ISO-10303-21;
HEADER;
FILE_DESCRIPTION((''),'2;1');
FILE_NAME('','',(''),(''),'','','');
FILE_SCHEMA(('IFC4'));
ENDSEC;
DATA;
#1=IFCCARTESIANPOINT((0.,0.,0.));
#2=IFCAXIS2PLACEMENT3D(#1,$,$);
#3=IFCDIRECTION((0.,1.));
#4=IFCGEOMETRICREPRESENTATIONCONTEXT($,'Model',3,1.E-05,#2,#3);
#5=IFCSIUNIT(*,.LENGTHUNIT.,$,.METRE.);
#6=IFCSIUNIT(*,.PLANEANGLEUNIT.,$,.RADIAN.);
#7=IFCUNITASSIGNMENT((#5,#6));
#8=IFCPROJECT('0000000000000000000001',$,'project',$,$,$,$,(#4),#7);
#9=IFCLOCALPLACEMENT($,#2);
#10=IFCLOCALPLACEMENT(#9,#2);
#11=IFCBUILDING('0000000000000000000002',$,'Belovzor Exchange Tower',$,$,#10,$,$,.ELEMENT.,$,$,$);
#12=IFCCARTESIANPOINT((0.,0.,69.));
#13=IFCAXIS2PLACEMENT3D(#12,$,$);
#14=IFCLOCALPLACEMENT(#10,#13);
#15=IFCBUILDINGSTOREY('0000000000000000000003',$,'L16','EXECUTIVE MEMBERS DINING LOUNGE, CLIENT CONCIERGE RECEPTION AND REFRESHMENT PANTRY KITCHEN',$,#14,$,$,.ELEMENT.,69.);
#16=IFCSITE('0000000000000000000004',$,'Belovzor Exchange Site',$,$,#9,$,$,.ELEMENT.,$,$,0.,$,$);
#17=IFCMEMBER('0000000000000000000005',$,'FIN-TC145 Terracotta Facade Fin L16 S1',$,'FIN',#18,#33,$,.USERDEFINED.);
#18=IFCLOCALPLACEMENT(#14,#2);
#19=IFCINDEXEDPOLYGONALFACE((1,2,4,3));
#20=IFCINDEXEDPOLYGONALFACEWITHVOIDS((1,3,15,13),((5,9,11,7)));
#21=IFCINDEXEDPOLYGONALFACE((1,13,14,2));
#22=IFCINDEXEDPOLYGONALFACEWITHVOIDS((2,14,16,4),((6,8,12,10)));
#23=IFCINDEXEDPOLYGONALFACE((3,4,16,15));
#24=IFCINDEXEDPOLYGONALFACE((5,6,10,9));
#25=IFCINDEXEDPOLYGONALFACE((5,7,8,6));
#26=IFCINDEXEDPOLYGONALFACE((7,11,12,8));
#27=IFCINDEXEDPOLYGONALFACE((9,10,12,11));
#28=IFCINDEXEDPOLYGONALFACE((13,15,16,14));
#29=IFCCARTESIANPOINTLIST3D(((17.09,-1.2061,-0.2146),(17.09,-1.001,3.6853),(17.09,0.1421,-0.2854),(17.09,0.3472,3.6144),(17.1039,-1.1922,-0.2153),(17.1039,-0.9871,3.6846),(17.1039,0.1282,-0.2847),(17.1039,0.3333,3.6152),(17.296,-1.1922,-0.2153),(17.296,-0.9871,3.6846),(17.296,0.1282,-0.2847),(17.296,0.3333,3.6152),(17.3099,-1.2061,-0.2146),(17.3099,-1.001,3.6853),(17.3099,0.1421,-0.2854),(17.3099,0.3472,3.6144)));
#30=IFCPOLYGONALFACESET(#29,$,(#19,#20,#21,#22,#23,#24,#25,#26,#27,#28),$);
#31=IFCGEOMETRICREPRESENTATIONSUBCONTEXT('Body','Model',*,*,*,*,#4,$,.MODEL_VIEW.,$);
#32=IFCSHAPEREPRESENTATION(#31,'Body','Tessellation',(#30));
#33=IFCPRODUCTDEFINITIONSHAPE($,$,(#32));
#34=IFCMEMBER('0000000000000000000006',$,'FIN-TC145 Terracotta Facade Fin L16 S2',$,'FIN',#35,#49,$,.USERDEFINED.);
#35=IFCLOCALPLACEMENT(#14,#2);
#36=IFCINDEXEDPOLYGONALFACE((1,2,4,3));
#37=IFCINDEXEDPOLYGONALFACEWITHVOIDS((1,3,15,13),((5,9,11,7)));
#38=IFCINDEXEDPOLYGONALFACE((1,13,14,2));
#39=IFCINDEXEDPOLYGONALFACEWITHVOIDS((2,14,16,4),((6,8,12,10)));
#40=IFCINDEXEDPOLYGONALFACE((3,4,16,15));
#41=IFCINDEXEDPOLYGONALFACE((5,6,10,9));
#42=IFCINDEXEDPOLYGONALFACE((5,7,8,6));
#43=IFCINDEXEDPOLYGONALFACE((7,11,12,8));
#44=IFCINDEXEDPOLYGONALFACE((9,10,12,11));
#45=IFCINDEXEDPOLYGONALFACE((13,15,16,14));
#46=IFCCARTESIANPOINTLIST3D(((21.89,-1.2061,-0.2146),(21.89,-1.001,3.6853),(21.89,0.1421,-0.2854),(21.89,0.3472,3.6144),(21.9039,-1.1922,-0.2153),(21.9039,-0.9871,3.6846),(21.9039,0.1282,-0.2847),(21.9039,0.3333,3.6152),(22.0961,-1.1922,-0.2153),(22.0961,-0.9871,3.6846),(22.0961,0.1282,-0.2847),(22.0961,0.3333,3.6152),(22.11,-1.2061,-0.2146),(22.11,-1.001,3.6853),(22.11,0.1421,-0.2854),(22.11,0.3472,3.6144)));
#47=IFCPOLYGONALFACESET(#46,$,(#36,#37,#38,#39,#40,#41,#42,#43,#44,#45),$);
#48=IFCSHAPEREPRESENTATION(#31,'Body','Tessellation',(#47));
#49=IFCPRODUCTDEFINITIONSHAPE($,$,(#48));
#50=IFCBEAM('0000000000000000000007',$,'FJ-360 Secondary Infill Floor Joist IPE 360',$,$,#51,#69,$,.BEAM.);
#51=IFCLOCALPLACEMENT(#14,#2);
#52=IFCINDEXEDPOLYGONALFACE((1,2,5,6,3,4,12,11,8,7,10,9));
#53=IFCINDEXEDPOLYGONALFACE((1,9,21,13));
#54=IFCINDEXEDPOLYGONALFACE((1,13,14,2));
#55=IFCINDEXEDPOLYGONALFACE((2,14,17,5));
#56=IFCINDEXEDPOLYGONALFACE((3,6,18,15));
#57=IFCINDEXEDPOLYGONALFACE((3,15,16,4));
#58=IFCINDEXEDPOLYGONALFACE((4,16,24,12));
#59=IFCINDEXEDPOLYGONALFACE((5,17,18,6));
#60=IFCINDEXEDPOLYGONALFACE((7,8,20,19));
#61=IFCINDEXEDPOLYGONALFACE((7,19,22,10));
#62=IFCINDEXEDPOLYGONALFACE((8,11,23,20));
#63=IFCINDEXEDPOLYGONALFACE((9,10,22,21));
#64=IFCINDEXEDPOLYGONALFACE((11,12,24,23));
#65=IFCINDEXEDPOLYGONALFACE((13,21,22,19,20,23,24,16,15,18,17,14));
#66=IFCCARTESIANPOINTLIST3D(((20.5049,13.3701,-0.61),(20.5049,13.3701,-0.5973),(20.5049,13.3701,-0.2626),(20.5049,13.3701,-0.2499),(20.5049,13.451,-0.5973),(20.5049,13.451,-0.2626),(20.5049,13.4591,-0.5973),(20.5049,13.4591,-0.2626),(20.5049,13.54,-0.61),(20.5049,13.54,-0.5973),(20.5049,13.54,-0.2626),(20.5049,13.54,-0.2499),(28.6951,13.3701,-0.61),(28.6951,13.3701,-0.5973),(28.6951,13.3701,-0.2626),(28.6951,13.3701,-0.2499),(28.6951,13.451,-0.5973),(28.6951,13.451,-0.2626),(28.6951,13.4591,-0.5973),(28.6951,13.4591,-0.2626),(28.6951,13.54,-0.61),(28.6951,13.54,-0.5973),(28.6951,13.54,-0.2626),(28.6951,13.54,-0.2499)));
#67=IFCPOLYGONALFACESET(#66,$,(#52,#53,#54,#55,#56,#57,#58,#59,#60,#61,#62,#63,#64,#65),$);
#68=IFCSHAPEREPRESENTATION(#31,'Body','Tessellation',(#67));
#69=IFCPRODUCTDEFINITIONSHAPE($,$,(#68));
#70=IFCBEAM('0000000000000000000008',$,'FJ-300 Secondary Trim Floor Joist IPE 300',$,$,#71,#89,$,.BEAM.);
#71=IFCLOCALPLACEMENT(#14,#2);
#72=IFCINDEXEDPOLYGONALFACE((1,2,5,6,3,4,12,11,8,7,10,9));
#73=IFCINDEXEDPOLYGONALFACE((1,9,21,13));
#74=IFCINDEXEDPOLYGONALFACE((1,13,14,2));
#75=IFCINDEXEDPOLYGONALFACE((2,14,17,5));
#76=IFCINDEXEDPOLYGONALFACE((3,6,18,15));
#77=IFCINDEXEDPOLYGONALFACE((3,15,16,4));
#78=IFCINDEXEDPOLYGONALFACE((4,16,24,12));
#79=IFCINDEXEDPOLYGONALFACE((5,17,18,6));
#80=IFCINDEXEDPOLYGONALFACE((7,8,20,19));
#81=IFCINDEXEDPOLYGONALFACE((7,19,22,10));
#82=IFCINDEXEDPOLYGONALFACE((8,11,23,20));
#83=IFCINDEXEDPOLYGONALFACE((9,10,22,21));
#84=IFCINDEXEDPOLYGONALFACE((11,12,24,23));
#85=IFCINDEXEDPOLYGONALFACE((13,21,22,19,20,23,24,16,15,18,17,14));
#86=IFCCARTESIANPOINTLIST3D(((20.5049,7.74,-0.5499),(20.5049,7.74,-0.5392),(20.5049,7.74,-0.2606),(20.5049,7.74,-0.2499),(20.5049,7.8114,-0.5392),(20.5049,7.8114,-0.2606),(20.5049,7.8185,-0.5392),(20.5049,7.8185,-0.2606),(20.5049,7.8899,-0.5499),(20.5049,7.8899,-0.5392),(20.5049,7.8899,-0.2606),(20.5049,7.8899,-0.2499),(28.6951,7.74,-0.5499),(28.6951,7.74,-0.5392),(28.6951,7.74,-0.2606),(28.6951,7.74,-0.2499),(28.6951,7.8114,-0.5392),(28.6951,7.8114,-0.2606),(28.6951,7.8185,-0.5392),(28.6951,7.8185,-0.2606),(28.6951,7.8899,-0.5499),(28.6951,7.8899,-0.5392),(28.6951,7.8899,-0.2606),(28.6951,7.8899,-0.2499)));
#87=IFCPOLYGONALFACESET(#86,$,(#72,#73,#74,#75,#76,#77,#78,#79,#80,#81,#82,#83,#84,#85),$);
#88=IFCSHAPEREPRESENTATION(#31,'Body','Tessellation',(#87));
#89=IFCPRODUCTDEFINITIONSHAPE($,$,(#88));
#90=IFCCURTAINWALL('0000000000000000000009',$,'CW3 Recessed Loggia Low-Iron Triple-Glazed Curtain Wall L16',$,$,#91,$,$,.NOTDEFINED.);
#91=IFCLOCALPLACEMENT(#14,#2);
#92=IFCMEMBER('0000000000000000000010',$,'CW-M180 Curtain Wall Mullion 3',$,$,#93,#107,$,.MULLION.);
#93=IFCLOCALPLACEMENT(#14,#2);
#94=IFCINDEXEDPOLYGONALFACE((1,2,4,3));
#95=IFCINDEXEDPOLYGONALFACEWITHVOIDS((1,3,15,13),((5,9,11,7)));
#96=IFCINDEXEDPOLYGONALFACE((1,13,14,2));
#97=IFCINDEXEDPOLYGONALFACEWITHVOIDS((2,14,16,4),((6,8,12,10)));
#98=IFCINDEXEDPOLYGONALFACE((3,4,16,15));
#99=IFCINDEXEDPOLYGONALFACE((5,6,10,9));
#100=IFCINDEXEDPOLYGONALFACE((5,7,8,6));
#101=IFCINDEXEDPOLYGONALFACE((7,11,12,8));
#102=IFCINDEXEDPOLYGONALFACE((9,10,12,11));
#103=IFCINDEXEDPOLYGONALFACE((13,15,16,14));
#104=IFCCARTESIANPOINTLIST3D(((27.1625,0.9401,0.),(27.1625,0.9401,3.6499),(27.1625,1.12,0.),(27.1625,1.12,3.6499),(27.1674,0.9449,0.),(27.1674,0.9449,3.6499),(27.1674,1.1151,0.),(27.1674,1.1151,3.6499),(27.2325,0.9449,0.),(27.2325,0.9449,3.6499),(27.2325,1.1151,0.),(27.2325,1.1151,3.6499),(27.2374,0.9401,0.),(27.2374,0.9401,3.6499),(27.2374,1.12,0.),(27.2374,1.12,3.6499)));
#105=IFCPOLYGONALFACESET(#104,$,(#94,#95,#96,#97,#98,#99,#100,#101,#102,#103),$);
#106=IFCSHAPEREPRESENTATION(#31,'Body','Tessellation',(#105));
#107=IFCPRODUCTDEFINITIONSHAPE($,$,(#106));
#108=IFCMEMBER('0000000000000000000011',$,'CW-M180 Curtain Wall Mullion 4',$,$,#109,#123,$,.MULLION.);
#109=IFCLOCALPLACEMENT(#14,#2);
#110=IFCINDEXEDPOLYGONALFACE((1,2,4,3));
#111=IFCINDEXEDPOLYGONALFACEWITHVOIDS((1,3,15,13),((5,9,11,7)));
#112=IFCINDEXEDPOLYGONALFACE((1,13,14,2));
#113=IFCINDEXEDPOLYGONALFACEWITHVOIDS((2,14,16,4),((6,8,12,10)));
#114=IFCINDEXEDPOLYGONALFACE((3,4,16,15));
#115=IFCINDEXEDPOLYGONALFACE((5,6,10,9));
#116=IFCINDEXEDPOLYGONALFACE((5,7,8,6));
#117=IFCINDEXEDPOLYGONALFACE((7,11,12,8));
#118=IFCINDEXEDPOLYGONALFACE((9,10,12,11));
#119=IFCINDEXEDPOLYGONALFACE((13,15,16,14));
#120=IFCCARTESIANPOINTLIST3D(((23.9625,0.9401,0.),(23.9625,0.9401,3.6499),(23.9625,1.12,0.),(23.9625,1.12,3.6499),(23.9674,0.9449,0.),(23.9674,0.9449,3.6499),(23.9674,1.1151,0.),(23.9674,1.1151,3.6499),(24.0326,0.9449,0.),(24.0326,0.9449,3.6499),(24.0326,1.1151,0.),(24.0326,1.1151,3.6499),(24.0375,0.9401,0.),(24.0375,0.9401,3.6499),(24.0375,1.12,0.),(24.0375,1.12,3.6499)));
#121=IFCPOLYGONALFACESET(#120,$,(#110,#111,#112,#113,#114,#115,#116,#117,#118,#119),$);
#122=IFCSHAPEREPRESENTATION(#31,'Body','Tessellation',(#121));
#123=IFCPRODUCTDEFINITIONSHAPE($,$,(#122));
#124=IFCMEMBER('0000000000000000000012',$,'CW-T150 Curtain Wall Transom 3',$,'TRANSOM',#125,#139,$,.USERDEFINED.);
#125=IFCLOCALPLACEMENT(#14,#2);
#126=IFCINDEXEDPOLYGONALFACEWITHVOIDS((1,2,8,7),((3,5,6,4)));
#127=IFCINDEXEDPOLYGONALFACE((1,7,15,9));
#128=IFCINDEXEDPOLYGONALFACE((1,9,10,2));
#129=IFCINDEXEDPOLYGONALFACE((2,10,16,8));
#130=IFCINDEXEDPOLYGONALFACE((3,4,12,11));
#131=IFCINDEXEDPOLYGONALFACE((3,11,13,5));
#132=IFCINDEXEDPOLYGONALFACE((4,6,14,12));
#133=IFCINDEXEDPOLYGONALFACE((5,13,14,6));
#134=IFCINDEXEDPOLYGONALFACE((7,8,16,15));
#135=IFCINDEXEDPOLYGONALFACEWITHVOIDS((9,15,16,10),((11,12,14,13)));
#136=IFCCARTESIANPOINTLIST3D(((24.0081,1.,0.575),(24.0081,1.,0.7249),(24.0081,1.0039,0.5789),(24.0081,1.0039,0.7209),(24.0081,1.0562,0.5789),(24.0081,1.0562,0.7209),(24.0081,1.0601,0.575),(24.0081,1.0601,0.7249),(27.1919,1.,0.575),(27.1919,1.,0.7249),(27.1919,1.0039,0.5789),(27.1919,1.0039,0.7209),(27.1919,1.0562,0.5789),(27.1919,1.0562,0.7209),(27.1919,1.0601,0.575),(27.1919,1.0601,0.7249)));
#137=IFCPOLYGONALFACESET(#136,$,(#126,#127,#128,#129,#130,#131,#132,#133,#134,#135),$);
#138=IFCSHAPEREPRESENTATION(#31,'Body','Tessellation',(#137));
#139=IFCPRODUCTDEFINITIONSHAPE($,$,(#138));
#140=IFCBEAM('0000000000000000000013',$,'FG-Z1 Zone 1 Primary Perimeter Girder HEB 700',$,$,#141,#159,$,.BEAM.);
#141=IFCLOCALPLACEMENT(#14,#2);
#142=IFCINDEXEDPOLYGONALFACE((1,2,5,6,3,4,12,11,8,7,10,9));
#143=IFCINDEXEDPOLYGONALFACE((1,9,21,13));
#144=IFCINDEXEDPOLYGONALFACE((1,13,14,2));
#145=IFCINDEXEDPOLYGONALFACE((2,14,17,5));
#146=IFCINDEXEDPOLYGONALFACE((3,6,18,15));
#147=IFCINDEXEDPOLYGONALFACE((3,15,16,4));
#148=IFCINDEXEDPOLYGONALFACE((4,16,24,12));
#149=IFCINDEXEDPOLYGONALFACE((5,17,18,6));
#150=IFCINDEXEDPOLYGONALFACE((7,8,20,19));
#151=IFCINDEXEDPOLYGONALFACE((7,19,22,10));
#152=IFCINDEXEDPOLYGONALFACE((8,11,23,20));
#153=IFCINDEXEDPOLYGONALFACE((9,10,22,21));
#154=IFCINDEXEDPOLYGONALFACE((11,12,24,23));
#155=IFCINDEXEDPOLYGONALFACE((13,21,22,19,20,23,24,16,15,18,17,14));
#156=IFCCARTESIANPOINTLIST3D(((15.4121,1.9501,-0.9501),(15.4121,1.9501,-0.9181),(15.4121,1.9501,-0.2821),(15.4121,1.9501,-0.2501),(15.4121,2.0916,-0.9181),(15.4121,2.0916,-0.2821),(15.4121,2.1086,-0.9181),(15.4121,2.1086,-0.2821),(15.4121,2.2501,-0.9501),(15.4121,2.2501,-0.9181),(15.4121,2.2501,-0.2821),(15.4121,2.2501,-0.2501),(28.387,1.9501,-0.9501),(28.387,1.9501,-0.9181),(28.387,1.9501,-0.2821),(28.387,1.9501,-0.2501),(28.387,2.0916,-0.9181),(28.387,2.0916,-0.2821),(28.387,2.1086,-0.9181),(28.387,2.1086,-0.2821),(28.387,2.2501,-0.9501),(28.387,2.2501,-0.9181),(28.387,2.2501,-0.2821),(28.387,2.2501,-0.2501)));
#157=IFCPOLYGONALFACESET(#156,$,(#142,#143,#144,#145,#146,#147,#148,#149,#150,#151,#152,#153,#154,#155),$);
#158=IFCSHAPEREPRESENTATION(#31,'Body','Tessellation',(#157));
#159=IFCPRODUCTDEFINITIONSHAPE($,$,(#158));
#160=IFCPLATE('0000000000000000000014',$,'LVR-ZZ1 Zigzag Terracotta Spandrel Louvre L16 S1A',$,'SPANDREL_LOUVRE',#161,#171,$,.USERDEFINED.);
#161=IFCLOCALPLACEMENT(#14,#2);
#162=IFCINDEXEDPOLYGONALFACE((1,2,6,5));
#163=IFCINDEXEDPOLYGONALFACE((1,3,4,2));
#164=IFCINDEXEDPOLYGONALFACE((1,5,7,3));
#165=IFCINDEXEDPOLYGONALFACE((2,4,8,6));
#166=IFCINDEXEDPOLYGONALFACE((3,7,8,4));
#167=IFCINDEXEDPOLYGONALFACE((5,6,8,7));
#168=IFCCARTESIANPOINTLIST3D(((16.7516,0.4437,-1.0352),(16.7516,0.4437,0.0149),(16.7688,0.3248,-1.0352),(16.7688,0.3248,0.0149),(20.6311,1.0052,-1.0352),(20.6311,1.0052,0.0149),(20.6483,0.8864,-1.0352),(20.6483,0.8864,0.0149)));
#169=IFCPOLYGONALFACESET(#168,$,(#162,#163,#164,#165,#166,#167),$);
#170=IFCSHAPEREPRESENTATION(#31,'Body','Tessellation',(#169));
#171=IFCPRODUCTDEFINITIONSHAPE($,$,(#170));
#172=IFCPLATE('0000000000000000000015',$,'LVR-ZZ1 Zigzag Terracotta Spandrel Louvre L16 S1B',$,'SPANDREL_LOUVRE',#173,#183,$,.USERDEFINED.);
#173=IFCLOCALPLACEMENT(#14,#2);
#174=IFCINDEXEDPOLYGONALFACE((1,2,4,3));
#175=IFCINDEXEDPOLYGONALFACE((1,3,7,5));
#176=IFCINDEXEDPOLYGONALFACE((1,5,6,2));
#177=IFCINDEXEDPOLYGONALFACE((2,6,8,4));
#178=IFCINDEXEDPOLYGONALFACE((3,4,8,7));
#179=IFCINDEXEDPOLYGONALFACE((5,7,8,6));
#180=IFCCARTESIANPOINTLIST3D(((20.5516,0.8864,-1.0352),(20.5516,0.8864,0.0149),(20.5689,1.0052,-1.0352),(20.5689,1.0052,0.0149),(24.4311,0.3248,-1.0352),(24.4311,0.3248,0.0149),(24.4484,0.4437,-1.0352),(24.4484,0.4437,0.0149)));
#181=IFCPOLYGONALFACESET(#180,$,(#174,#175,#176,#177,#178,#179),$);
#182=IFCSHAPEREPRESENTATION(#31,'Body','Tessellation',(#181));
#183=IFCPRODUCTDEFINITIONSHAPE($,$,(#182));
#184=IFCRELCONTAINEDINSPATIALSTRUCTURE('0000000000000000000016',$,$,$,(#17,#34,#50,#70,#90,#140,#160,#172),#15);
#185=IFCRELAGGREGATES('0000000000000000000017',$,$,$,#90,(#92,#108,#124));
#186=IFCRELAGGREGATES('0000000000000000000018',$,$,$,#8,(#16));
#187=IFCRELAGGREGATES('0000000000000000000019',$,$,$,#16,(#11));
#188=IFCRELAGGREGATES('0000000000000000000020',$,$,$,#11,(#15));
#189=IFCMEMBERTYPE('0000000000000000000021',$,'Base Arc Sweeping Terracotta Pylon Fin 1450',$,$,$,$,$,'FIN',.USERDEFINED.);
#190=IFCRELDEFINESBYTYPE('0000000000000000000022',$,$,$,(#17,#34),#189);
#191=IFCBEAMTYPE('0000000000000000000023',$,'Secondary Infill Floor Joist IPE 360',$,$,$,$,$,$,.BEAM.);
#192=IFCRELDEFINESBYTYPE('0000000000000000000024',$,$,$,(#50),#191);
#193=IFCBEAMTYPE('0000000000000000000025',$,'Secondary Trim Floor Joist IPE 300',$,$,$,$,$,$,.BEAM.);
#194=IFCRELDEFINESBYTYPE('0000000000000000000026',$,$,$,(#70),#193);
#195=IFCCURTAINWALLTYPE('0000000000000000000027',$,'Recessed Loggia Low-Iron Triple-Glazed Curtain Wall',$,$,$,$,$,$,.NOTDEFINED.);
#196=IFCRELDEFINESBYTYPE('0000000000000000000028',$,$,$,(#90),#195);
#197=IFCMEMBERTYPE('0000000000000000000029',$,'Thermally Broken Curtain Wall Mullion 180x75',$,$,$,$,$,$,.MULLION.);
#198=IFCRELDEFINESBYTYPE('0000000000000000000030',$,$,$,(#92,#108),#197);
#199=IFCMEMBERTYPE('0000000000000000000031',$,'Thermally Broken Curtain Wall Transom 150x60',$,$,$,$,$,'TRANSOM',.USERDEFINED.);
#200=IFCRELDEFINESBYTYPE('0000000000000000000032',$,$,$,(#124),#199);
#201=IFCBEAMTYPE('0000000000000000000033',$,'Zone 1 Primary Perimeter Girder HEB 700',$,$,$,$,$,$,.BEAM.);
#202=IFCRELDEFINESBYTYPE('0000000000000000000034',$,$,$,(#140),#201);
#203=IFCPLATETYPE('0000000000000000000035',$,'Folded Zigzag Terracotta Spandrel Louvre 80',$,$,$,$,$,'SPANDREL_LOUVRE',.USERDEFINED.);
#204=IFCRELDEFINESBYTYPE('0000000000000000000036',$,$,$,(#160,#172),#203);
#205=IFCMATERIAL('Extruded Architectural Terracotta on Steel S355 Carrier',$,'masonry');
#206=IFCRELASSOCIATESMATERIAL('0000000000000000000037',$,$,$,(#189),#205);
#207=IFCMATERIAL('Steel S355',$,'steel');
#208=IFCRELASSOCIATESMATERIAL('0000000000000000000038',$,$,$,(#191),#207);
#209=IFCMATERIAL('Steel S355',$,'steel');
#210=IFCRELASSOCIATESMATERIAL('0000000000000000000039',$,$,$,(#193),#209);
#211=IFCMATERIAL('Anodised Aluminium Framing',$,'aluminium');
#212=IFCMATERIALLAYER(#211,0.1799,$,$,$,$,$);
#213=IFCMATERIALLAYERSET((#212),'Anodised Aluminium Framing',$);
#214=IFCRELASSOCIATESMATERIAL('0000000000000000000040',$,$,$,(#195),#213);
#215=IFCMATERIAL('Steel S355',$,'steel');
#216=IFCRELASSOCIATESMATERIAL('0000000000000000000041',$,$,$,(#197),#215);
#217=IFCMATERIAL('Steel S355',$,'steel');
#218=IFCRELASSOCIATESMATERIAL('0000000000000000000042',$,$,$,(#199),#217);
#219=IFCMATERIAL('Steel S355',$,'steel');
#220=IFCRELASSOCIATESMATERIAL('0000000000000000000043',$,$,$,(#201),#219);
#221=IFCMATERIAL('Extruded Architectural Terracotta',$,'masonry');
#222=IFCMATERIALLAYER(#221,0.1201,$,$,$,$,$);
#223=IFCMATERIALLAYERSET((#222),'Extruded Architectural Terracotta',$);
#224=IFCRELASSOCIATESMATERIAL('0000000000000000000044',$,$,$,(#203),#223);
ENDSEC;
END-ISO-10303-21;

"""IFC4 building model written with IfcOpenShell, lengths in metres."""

from ifc_helpers import new_model, si_unit, direction, frame, origin, origin_2d, place, context, subcontext, project, spatial, rectangle, hollow_rectangle, i_section, extrude, material, layer, layer_set, material_profile, profile_set, type_object, element, aggregate, save


model = new_model("IFC4")

# Units and contexts
model_context = context("Model", 3, precision=1e-05, world=origin(), true_north=direction((0.0, 1.0)))
body_context = subcontext(model_context, "Body", "Model", "MODEL_VIEW")
ifc_project = project(units=[si_unit("LENGTHUNIT", "METRE"), si_unit("PLANEANGLEUNIT", "RADIAN")], contexts=[model_context])

# Site, building, storey
site_placement = place(None, origin())
site = spatial("IfcSite", under=ifc_project, at=site_placement, Name="Belovzor Exchange Site", CompositionType="ELEMENT", RefElevation=0.0)
building_placement = place(site_placement, origin())
building = spatial("IfcBuilding", under=site, at=building_placement, Name="Belovzor Exchange Tower", CompositionType="ELEMENT")
storey_placement = place(building_placement, frame((0.0, 0.0, 69.0)))
storey = spatial("IfcBuildingStorey", under=building, at=storey_placement, Name="L16", Description="EXECUTIVE MEMBERS DINING LOUNGE, CLIENT CONCIERGE RECEPTION AND REFRESHMENT PANTRY KITCHEN", CompositionType="ELEMENT", Elevation=69.0)

# Members
ifc_material_1 = material(Name="Extruded Architectural Terracotta on Steel S355 Carrier", Category="masonry")
ifc_material_profile_1 = material_profile(ifc_material_1, hollow_rectangle(XDim=0.22, YDim=1.3501, WallThickness=0.0139, at=origin_2d()))
ifc_profile_set_1 = profile_set([ifc_material_profile_1], Name="Extruded Architectural Terracotta on Steel S355 Carrier")
member_type_1 = type_object("IfcMemberType", Name="Base Arc Sweeping Terracotta Pylon Fin 1450", ElementType="FIN", PredefinedType="USERDEFINED", material=ifc_profile_set_1)
for number, where, z_axis, x_axis, name in (
    (1, (17.2, -0.532, -0.25), (0.0, 0.052513, 0.99862), (-1.0, 0.0, 0.0), "FIN-TC145 Terracotta Facade Fin L16 S1"),
    (2, (22.0, -0.532, -0.25), (0.0, 0.052513, 0.99862), (-1.0, 0.0, 0.0), "FIN-TC145 Terracotta Facade Fin L16 S2"),
):
    element("IfcMember", number, at=place(storey_placement, frame(where, z_axis=z_axis, x_axis=x_axis)), inside=storey, type_object=member_type_1, Name=name, ObjectType="FIN", PredefinedType="USERDEFINED", context=body_context, shape_type="SweptSolid", body=[
        extrude(hollow_rectangle(XDim=0.22, YDim=1.3501, WallThickness=0.0139, at=origin_2d()), origin(), (0.0, 0.0, 1.0), 3.9053),
    ])

# Beams
ifc_material_2 = material(Name="Steel S355", Category="steel")
ifc_material_profile_2 = material_profile(ifc_material_2, i_section(OverallWidth=0.1699, OverallDepth=0.3601, WebThickness=0.0081, FlangeThickness=0.0127, at=origin_2d()))
ifc_profile_set_2 = profile_set([ifc_material_profile_2], Name="Steel S355")
beam_type_1 = type_object("IfcBeamType", Name="Secondary Infill Floor Joist IPE 360", PredefinedType="BEAM", material=ifc_profile_set_2)
beam_1_placement = place(storey_placement, frame((20.5049, 13.4551, -0.4299), z_axis=(1.0, 0.0, 0.0), x_axis=(0.0, 1.0, 0.0)))
element("IfcBeam", 3, at=beam_1_placement, inside=storey, type_object=beam_type_1, Name="FJ-360 Secondary Infill Floor Joist IPE 360", PredefinedType="BEAM", context=body_context, shape_type="SweptSolid", body=[
    extrude(i_section(OverallWidth=0.1699, OverallDepth=0.3601, WebThickness=0.0081, FlangeThickness=0.0127, at=origin_2d()), origin(), (0.0, 0.0, 1.0), 8.1902),
])
ifc_material_3 = material(Name="Steel S355", Category="steel")
ifc_material_profile_3 = material_profile(ifc_material_3, i_section(OverallWidth=0.1499, OverallDepth=0.3, WebThickness=0.0071, FlangeThickness=0.0107, at=origin_2d()))
ifc_profile_set_3 = profile_set([ifc_material_profile_3], Name="Steel S355")
beam_type_2 = type_object("IfcBeamType", Name="Secondary Trim Floor Joist IPE 300", PredefinedType="BEAM", material=ifc_profile_set_3)
beam_2_placement = place(storey_placement, frame((20.5049, 7.8149, -0.3999), z_axis=(1.0, 0.0, 0.0), x_axis=(0.0, 1.0, 0.0)))
element("IfcBeam", 4, at=beam_2_placement, inside=storey, type_object=beam_type_2, Name="FJ-300 Secondary Trim Floor Joist IPE 300", PredefinedType="BEAM", context=body_context, shape_type="SweptSolid", body=[
    extrude(i_section(OverallWidth=0.1499, OverallDepth=0.3, WebThickness=0.0071, FlangeThickness=0.0107, at=origin_2d()), origin(), (0.0, 0.0, 1.0), 8.1902),
])

# Curtain wall, members
ifc_material_4 = material(Name="Anodised Aluminium Framing", Category="aluminium")
ifc_layer_1 = layer(ifc_material_4, 0.1799)
ifc_layer_set_1 = layer_set([ifc_layer_1], Name="Anodised Aluminium Framing")
curtain_wall_type = type_object("IfcCurtainWallType", Name="Recessed Loggia Low-Iron Triple-Glazed Curtain Wall", PredefinedType="NOTDEFINED", material=ifc_layer_set_1)
curtain_wall_placement = place(storey_placement, origin())
curtain_wall = element("IfcCurtainWall", 5, at=curtain_wall_placement, inside=storey, type_object=curtain_wall_type, Name="CW3 Recessed Loggia Low-Iron Triple-Glazed Curtain Wall L16", PredefinedType="NOTDEFINED")
ifc_material_5 = material(Name="Steel S355", Category="steel")
ifc_material_profile_4 = material_profile(ifc_material_5, hollow_rectangle(XDim=0.075, YDim=0.1799, WallThickness=0.0049, at=origin_2d()))
ifc_profile_set_4 = profile_set([ifc_material_profile_4], Name="Steel S355")
member_type_2 = type_object("IfcMemberType", Name="Thermally Broken Curtain Wall Mullion 180x75", PredefinedType="MULLION", material=ifc_profile_set_4)
member_1_placement = place(storey_placement, frame((27.2, 1.03, 0.0), z_axis=(0.0, 0.0, 1.0), x_axis=(-1.0, 0.0, 0.0)))
member_1 = element("IfcMember", 6, at=member_1_placement, type_object=member_type_2, Name="CW-M180 Curtain Wall Mullion 3", PredefinedType="MULLION", context=body_context, shape_type="SweptSolid", body=[
    extrude(hollow_rectangle(XDim=0.075, YDim=0.1799, WallThickness=0.0049, at=origin_2d()), origin(), (0.0, 0.0, 1.0), 3.6499),
])
member_2_placement = place(storey_placement, frame((24.0, 1.03, 0.0), z_axis=(0.0, 0.0, 1.0), x_axis=(-1.0, 0.0, 0.0)))
member_2 = element("IfcMember", 7, at=member_2_placement, type_object=member_type_2, Name="CW-M180 Curtain Wall Mullion 4", PredefinedType="MULLION", context=body_context, shape_type="SweptSolid", body=[
    extrude(hollow_rectangle(XDim=0.075, YDim=0.1799, WallThickness=0.0049, at=origin_2d()), origin(), (0.0, 0.0, 1.0), 3.6499),
])
ifc_material_6 = material(Name="Steel S355", Category="steel")
ifc_material_profile_5 = material_profile(ifc_material_6, hollow_rectangle(XDim=0.0601, YDim=0.1499, WallThickness=0.0039, at=origin_2d()))
ifc_profile_set_5 = profile_set([ifc_material_profile_5], Name="Steel S355")
member_type_3 = type_object("IfcMemberType", Name="Thermally Broken Curtain Wall Transom 150x60", ElementType="TRANSOM", PredefinedType="USERDEFINED", material=ifc_profile_set_5)
member_3_placement = place(storey_placement, frame((27.1919, 1.03, 0.6499), z_axis=(-1.0, 0.0, 0.0), x_axis=(0.0, -1.0, 0.0)))
member_3 = element("IfcMember", 8, at=member_3_placement, type_object=member_type_3, Name="CW-T150 Curtain Wall Transom 3", ObjectType="TRANSOM", PredefinedType="USERDEFINED", context=body_context, shape_type="SweptSolid", body=[
    extrude(hollow_rectangle(XDim=0.0601, YDim=0.1499, WallThickness=0.0039, at=origin_2d()), origin(), (0.0, 0.0, 1.0), 3.1838),
])

# Beam
ifc_material_7 = material(Name="Steel S355", Category="steel")
ifc_material_profile_6 = material_profile(ifc_material_7, i_section(OverallWidth=0.3, OverallDepth=0.7, WebThickness=0.0171, FlangeThickness=0.032, at=origin_2d()))
ifc_profile_set_6 = profile_set([ifc_material_profile_6], Name="Steel S355")
beam_type_3 = type_object("IfcBeamType", Name="Zone 1 Primary Perimeter Girder HEB 700", PredefinedType="BEAM", material=ifc_profile_set_6)
beam_3_placement = place(storey_placement, frame((15.4121, 2.1001, -0.6001), z_axis=(1.0, 0.0, 0.0), x_axis=(0.0, 1.0, 0.0)))
element("IfcBeam", 9, at=beam_3_placement, inside=storey, type_object=beam_type_3, Name="FG-Z1 Zone 1 Primary Perimeter Girder HEB 700", PredefinedType="BEAM", context=body_context, shape_type="SweptSolid", body=[
    extrude(i_section(OverallWidth=0.3, OverallDepth=0.7, WebThickness=0.0171, FlangeThickness=0.032, at=origin_2d()), origin(), (0.0, 0.0, 1.0), 12.9749),
])

# Plates
ifc_material_8 = material(Name="Extruded Architectural Terracotta", Category="masonry")
ifc_layer_2 = layer(ifc_material_8, 0.1201)
ifc_layer_set_2 = layer_set([ifc_layer_2], Name="Extruded Architectural Terracotta")
plate_type_1 = type_object("IfcPlateType", Name="Folded Zigzag Terracotta Spandrel Louvre 80", ElementType="SPANDREL_LOUVRE", PredefinedType="USERDEFINED", material=ifc_layer_set_2)
for number, where, z_axis, x_axis, name in (
    (10, (18.7, 0.665, -1.0352), (0.0, 0.0, 1.0), (0.989686, 0.143251, 0.0), "LVR-ZZ1 Zigzag Terracotta Spandrel Louvre L16 S1A"),
    (11, (22.5, 0.665, -1.0352), (0.0, 0.0, 1.0), (0.989686, -0.143251, 0.0), "LVR-ZZ1 Zigzag Terracotta Spandrel Louvre L16 S1B"),
):
    element("IfcPlate", number, at=place(storey_placement, frame(where, z_axis=z_axis, x_axis=x_axis)), inside=storey, type_object=plate_type_1, Name=name, ObjectType="SPANDREL_LOUVRE", PredefinedType="USERDEFINED", context=body_context, shape_type="SweptSolid", body=[
        extrude(rectangle(XDim=3.9199, YDim=0.1201, at=origin_2d()), origin(), (0.0, 0.0, 1.0), 1.05),
    ])

aggregate(curtain_wall, [member_1, member_2, member_3])

save(model, "model.ifc")
